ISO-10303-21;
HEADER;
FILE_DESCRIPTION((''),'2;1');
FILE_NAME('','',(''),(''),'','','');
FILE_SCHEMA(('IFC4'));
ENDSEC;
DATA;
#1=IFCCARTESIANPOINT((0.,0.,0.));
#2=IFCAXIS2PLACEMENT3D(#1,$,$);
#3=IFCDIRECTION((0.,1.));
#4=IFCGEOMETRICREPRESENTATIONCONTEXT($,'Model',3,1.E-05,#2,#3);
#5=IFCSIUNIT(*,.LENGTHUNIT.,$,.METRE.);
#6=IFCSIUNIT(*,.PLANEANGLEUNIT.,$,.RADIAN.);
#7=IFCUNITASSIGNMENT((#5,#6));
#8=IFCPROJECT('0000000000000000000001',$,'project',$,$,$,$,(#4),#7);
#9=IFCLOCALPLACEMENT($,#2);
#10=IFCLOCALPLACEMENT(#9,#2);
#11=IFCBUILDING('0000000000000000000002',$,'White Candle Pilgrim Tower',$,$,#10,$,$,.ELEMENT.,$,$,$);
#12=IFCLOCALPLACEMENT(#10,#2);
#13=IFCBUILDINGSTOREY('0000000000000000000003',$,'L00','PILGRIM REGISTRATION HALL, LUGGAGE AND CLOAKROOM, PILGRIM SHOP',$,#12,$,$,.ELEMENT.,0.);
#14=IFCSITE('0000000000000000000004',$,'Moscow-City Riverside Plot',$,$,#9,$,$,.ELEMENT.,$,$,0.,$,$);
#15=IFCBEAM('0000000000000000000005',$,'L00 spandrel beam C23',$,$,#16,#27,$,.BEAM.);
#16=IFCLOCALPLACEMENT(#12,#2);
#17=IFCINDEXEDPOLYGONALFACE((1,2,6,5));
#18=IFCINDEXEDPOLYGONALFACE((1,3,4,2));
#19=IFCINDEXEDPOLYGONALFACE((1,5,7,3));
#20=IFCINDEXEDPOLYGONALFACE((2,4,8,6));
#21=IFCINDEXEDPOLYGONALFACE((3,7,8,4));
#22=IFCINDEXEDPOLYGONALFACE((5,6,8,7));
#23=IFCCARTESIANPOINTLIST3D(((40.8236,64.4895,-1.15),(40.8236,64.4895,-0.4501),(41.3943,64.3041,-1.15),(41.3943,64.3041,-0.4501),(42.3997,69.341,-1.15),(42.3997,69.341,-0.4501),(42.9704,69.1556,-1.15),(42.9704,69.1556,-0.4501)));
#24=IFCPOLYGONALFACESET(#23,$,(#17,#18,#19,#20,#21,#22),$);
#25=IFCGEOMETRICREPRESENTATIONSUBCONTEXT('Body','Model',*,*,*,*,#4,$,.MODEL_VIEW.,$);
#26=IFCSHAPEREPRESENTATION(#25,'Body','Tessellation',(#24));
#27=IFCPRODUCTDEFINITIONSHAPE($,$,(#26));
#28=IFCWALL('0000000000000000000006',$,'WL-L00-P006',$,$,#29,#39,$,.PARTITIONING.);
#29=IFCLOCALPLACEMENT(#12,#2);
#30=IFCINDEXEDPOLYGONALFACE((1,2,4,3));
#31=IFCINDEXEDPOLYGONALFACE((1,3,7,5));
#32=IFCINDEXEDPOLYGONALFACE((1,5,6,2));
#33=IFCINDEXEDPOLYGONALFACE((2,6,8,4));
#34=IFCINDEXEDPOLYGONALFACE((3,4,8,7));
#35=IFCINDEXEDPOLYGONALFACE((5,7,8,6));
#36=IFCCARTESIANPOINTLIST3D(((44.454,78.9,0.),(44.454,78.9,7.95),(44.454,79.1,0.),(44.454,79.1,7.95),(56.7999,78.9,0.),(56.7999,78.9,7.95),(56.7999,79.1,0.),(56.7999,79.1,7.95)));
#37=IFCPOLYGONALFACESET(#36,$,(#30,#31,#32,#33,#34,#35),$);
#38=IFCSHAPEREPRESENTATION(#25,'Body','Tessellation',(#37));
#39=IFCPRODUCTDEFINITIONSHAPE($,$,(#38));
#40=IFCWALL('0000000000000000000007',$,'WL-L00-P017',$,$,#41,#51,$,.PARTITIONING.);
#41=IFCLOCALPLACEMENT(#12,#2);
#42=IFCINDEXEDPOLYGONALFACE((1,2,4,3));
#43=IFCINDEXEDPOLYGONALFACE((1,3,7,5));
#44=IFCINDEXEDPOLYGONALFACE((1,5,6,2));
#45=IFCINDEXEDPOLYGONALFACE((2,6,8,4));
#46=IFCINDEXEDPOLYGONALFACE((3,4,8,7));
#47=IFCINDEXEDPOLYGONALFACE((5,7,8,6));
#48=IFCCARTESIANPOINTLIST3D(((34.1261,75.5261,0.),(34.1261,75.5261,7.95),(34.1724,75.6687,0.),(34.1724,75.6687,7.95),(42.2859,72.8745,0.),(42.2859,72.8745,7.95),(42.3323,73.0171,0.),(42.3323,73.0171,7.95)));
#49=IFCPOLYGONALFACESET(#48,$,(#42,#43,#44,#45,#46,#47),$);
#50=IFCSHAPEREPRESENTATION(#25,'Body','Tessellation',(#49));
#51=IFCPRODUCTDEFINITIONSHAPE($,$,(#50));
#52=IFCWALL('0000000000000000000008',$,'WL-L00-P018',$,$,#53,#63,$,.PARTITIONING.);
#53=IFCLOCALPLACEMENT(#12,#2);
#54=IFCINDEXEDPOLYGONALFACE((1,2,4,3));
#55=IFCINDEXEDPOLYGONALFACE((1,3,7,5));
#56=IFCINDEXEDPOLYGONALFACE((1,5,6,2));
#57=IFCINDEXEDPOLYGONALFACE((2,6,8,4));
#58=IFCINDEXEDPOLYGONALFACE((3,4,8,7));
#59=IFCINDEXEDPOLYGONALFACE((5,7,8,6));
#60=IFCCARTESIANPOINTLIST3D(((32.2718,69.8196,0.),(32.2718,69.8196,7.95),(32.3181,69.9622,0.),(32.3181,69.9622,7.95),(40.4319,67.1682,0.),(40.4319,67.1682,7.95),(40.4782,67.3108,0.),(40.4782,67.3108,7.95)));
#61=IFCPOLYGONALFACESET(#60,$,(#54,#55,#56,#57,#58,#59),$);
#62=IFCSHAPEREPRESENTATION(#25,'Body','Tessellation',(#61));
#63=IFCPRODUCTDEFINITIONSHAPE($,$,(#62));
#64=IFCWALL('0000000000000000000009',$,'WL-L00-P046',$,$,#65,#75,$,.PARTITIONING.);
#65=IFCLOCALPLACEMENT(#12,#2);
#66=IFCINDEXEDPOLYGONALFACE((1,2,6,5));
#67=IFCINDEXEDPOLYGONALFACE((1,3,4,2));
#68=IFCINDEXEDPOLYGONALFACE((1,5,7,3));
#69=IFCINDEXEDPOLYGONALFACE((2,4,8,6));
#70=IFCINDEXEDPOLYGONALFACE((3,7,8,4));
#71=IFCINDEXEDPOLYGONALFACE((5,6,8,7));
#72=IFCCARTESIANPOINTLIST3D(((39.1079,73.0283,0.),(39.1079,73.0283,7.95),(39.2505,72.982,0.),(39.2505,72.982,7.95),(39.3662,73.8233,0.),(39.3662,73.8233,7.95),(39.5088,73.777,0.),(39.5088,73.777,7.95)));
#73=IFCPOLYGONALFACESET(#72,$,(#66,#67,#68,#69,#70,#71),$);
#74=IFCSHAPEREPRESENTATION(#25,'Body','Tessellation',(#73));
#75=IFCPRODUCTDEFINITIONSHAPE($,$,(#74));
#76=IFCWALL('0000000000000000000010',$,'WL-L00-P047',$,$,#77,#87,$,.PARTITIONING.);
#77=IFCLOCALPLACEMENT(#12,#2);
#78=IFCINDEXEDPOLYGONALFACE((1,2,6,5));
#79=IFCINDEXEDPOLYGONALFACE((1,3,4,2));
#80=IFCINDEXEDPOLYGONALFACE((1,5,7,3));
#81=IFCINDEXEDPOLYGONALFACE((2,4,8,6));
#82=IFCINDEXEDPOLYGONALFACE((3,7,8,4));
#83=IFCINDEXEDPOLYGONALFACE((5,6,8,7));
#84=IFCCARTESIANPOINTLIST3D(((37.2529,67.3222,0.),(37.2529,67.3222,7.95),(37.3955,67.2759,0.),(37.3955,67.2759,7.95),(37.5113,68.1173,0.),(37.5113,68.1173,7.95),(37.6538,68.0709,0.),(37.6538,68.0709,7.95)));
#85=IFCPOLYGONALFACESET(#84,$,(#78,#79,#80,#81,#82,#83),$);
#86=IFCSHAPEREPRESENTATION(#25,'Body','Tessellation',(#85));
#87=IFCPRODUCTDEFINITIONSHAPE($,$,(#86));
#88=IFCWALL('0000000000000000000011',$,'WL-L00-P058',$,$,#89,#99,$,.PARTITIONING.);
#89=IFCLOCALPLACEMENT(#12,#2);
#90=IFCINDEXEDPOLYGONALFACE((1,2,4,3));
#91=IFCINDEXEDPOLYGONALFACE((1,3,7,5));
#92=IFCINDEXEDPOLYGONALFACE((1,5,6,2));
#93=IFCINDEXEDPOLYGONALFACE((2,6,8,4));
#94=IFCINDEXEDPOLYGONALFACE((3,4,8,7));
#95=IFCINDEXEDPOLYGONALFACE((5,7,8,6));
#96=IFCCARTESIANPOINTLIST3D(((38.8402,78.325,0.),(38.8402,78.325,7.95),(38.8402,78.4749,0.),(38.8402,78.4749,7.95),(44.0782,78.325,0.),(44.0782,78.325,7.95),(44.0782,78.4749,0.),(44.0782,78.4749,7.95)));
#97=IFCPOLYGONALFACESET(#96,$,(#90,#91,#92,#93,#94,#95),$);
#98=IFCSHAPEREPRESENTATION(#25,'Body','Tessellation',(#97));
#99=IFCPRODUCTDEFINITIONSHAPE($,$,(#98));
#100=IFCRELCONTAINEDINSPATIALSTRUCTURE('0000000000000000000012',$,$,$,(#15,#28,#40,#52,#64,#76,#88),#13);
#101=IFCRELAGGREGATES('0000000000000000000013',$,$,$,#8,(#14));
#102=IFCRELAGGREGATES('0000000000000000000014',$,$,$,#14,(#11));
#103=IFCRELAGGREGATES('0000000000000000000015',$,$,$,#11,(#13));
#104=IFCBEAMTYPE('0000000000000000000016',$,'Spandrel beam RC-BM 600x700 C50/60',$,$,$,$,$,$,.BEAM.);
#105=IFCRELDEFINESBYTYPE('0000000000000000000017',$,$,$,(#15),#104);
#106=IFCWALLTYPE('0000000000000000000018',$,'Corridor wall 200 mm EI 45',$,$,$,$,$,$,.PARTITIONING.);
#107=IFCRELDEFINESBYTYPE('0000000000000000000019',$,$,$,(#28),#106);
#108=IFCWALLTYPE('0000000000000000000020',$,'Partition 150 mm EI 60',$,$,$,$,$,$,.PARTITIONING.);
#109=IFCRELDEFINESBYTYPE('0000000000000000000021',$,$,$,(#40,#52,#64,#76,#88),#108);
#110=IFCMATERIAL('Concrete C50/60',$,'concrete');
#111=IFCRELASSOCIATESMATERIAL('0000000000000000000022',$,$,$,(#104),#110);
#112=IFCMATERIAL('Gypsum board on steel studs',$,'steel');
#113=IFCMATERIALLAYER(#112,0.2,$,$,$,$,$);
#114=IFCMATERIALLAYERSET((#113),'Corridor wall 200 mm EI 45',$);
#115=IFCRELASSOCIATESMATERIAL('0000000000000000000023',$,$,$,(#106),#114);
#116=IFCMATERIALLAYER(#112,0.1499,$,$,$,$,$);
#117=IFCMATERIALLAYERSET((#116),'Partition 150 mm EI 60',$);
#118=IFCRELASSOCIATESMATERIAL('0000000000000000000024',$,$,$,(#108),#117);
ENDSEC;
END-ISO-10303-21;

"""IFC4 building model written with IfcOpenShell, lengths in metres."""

from ifc_helpers import new_model, si_unit, direction, frame, frame_2d, origin, origin_2d, place, context, subcontext, project, spatial, rectangle, extrude, material, layer, layer_set, material_profile, profile_set, type_object, element, save


model = new_model("IFC4")

# Units and contexts
model_context = context("Model", 3, precision=1e-05, world=origin(), true_north=direction((0.0, 1.0)))
body_context = subcontext(model_context, "Body", "Model", "MODEL_VIEW")
ifc_project = project(units=[si_unit("LENGTHUNIT", "METRE"), si_unit("PLANEANGLEUNIT", "RADIAN")], contexts=[model_context])

# Site, building, storey
site_placement = place(None, origin())
site = spatial("IfcSite", under=ifc_project, at=site_placement, Name="Moscow-City Riverside Plot", CompositionType="ELEMENT", RefElevation=0.0)
building_placement = place(site_placement, origin())
building = spatial("IfcBuilding", under=site, at=building_placement, Name="White Candle Pilgrim Tower", CompositionType="ELEMENT")
storey_placement = place(building_placement, origin())
storey = spatial("IfcBuildingStorey", under=building, at=storey_placement, Name="L00", Description="PILGRIM REGISTRATION HALL, LUGGAGE AND CLOAKROOM, PILGRIM SHOP", CompositionType="ELEMENT", Elevation=0.0)

# Beam
ifc_material_1 = material(Name="Concrete C50/60", Category="concrete")
ifc_material_profile_1 = material_profile(ifc_material_1, rectangle(XDim=0.6001, YDim=0.7, at=origin_2d()), Name="RC-BM 600x700")
ifc_profile_set_1 = profile_set([ifc_material_profile_1], Name="Concrete C50/60")
beam_type = type_object("IfcBeamType", Name="Spandrel beam RC-BM 600x700 C50/60", PredefinedType="BEAM", material=ifc_profile_set_1)
beam_1_placement = place(storey_placement, frame((42.6851, 69.2483, -0.8), z_axis=(-0.308982, -0.951068, 0.0), x_axis=(0.951068, -0.308982, 0.0)))
element("IfcBeam", 1, at=beam_1_placement, inside=storey, type_object=beam_type, Name="L00 spandrel beam C23", PredefinedType="BEAM", context=body_context, shape_type="SweptSolid", body=[
    extrude(rectangle(XDim=0.6001, YDim=0.7, at=origin_2d()), origin(), (0.0, 0.0, 1.0), 5.1011),
])

# Walls
ifc_material_2 = material(Name="Gypsum board on steel studs", Category="steel")
ifc_layer_1 = layer(ifc_material_2, 0.2)
ifc_layer_set_1 = layer_set([ifc_layer_1], Name="Corridor wall 200 mm EI 45")
wall_type_1 = type_object("IfcWallType", Name="Corridor wall 200 mm EI 45", PredefinedType="PARTITIONING", material=ifc_layer_set_1)
wall_1_placement = place(storey_placement, frame((44.4541, 79.0, 0.0), z_axis=(0.0, 0.0, 1.0), x_axis=(1.0, 0.0, 0.0)))
element("IfcWall", 2, at=wall_1_placement, inside=storey, type_object=wall_type_1, Name="WL-L00-P006", PredefinedType="PARTITIONING", context=body_context, shape_type="SweptSolid", body=[
    extrude(rectangle(XDim=12.3459, YDim=0.2, at=frame_2d((6.1729, 0.0))), origin(), (0.0, 0.0, 1.0), 7.95),
])
ifc_layer_2 = layer(ifc_material_2, 0.1499)
ifc_layer_set_2 = layer_set([ifc_layer_2], Name="Partition 150 mm EI 60")
wall_type_2 = type_object("IfcWallType", Name="Partition 150 mm EI 60", PredefinedType="PARTITIONING", material=ifc_layer_set_2)
wall_2_placement = place(storey_placement, frame((34.1492, 75.5974, 0.0), z_axis=(0.0, 0.0, 1.0), x_axis=(0.951046, -0.309048, 0.0)))
element("IfcWall", 3, at=wall_2_placement, inside=storey, type_object=wall_type_2, Name="WL-L00-P017", PredefinedType="PARTITIONING", context=body_context, shape_type="SweptSolid", body=[
    extrude(rectangle(XDim=8.5798, YDim=0.1499, at=frame_2d((4.29, 0.0))), origin(), (0.0, 0.0, 1.0), 7.95),
])
wall_3_placement = place(storey_placement, frame((32.2949, 69.8909, 0.0), z_axis=(0.0, 0.0, 1.0), x_axis=(0.951057, -0.309014, 0.0)))
element("IfcWall", 4, at=wall_3_placement, inside=storey, type_object=wall_type_2, Name="WL-L00-P018", PredefinedType="PARTITIONING", context=body_context, shape_type="SweptSolid", body=[
    extrude(rectangle(XDim=8.5801, YDim=0.1499, at=frame_2d((4.29, 0.0))), origin(), (0.0, 0.0, 1.0), 7.95),
])
for number, where, z_axis, x_axis, name in (
    (5, (39.1792, 73.0051, 0.0), (0.0, 0.0, 1.0), (0.309033, 0.951051, 0.0), "WL-L00-P046"),
    (6, (37.3242, 67.2991, 0.0), (0.0, 0.0, 1.0), (0.309033, 0.951051, 0.0), "WL-L00-P047"),
):
    element("IfcWall", number, at=place(storey_placement, frame(where, z_axis=z_axis, x_axis=x_axis)), inside=storey, type_object=wall_type_2, Name=name, PredefinedType="PARTITIONING", context=body_context, shape_type="SweptSolid", body=[
        extrude(rectangle(XDim=0.8359, YDim=0.1499, at=frame_2d((0.418, 0.0))), origin(), (0.0, 0.0, 1.0), 7.95),
    ])
wall_4_placement = place(storey_placement, frame((38.8401, 78.3999, 0.0), z_axis=(0.0, 0.0, 1.0), x_axis=(1.0, 0.0, 0.0)))
element("IfcWall", 7, at=wall_4_placement, inside=storey, type_object=wall_type_2, Name="WL-L00-P058", PredefinedType="PARTITIONING", context=body_context, shape_type="SweptSolid", body=[
    extrude(rectangle(XDim=5.238, YDim=0.1499, at=frame_2d((2.6191, 0.0))), origin(), (0.0, 0.0, 1.0), 7.95),
])

save(model, "model.ifc")
